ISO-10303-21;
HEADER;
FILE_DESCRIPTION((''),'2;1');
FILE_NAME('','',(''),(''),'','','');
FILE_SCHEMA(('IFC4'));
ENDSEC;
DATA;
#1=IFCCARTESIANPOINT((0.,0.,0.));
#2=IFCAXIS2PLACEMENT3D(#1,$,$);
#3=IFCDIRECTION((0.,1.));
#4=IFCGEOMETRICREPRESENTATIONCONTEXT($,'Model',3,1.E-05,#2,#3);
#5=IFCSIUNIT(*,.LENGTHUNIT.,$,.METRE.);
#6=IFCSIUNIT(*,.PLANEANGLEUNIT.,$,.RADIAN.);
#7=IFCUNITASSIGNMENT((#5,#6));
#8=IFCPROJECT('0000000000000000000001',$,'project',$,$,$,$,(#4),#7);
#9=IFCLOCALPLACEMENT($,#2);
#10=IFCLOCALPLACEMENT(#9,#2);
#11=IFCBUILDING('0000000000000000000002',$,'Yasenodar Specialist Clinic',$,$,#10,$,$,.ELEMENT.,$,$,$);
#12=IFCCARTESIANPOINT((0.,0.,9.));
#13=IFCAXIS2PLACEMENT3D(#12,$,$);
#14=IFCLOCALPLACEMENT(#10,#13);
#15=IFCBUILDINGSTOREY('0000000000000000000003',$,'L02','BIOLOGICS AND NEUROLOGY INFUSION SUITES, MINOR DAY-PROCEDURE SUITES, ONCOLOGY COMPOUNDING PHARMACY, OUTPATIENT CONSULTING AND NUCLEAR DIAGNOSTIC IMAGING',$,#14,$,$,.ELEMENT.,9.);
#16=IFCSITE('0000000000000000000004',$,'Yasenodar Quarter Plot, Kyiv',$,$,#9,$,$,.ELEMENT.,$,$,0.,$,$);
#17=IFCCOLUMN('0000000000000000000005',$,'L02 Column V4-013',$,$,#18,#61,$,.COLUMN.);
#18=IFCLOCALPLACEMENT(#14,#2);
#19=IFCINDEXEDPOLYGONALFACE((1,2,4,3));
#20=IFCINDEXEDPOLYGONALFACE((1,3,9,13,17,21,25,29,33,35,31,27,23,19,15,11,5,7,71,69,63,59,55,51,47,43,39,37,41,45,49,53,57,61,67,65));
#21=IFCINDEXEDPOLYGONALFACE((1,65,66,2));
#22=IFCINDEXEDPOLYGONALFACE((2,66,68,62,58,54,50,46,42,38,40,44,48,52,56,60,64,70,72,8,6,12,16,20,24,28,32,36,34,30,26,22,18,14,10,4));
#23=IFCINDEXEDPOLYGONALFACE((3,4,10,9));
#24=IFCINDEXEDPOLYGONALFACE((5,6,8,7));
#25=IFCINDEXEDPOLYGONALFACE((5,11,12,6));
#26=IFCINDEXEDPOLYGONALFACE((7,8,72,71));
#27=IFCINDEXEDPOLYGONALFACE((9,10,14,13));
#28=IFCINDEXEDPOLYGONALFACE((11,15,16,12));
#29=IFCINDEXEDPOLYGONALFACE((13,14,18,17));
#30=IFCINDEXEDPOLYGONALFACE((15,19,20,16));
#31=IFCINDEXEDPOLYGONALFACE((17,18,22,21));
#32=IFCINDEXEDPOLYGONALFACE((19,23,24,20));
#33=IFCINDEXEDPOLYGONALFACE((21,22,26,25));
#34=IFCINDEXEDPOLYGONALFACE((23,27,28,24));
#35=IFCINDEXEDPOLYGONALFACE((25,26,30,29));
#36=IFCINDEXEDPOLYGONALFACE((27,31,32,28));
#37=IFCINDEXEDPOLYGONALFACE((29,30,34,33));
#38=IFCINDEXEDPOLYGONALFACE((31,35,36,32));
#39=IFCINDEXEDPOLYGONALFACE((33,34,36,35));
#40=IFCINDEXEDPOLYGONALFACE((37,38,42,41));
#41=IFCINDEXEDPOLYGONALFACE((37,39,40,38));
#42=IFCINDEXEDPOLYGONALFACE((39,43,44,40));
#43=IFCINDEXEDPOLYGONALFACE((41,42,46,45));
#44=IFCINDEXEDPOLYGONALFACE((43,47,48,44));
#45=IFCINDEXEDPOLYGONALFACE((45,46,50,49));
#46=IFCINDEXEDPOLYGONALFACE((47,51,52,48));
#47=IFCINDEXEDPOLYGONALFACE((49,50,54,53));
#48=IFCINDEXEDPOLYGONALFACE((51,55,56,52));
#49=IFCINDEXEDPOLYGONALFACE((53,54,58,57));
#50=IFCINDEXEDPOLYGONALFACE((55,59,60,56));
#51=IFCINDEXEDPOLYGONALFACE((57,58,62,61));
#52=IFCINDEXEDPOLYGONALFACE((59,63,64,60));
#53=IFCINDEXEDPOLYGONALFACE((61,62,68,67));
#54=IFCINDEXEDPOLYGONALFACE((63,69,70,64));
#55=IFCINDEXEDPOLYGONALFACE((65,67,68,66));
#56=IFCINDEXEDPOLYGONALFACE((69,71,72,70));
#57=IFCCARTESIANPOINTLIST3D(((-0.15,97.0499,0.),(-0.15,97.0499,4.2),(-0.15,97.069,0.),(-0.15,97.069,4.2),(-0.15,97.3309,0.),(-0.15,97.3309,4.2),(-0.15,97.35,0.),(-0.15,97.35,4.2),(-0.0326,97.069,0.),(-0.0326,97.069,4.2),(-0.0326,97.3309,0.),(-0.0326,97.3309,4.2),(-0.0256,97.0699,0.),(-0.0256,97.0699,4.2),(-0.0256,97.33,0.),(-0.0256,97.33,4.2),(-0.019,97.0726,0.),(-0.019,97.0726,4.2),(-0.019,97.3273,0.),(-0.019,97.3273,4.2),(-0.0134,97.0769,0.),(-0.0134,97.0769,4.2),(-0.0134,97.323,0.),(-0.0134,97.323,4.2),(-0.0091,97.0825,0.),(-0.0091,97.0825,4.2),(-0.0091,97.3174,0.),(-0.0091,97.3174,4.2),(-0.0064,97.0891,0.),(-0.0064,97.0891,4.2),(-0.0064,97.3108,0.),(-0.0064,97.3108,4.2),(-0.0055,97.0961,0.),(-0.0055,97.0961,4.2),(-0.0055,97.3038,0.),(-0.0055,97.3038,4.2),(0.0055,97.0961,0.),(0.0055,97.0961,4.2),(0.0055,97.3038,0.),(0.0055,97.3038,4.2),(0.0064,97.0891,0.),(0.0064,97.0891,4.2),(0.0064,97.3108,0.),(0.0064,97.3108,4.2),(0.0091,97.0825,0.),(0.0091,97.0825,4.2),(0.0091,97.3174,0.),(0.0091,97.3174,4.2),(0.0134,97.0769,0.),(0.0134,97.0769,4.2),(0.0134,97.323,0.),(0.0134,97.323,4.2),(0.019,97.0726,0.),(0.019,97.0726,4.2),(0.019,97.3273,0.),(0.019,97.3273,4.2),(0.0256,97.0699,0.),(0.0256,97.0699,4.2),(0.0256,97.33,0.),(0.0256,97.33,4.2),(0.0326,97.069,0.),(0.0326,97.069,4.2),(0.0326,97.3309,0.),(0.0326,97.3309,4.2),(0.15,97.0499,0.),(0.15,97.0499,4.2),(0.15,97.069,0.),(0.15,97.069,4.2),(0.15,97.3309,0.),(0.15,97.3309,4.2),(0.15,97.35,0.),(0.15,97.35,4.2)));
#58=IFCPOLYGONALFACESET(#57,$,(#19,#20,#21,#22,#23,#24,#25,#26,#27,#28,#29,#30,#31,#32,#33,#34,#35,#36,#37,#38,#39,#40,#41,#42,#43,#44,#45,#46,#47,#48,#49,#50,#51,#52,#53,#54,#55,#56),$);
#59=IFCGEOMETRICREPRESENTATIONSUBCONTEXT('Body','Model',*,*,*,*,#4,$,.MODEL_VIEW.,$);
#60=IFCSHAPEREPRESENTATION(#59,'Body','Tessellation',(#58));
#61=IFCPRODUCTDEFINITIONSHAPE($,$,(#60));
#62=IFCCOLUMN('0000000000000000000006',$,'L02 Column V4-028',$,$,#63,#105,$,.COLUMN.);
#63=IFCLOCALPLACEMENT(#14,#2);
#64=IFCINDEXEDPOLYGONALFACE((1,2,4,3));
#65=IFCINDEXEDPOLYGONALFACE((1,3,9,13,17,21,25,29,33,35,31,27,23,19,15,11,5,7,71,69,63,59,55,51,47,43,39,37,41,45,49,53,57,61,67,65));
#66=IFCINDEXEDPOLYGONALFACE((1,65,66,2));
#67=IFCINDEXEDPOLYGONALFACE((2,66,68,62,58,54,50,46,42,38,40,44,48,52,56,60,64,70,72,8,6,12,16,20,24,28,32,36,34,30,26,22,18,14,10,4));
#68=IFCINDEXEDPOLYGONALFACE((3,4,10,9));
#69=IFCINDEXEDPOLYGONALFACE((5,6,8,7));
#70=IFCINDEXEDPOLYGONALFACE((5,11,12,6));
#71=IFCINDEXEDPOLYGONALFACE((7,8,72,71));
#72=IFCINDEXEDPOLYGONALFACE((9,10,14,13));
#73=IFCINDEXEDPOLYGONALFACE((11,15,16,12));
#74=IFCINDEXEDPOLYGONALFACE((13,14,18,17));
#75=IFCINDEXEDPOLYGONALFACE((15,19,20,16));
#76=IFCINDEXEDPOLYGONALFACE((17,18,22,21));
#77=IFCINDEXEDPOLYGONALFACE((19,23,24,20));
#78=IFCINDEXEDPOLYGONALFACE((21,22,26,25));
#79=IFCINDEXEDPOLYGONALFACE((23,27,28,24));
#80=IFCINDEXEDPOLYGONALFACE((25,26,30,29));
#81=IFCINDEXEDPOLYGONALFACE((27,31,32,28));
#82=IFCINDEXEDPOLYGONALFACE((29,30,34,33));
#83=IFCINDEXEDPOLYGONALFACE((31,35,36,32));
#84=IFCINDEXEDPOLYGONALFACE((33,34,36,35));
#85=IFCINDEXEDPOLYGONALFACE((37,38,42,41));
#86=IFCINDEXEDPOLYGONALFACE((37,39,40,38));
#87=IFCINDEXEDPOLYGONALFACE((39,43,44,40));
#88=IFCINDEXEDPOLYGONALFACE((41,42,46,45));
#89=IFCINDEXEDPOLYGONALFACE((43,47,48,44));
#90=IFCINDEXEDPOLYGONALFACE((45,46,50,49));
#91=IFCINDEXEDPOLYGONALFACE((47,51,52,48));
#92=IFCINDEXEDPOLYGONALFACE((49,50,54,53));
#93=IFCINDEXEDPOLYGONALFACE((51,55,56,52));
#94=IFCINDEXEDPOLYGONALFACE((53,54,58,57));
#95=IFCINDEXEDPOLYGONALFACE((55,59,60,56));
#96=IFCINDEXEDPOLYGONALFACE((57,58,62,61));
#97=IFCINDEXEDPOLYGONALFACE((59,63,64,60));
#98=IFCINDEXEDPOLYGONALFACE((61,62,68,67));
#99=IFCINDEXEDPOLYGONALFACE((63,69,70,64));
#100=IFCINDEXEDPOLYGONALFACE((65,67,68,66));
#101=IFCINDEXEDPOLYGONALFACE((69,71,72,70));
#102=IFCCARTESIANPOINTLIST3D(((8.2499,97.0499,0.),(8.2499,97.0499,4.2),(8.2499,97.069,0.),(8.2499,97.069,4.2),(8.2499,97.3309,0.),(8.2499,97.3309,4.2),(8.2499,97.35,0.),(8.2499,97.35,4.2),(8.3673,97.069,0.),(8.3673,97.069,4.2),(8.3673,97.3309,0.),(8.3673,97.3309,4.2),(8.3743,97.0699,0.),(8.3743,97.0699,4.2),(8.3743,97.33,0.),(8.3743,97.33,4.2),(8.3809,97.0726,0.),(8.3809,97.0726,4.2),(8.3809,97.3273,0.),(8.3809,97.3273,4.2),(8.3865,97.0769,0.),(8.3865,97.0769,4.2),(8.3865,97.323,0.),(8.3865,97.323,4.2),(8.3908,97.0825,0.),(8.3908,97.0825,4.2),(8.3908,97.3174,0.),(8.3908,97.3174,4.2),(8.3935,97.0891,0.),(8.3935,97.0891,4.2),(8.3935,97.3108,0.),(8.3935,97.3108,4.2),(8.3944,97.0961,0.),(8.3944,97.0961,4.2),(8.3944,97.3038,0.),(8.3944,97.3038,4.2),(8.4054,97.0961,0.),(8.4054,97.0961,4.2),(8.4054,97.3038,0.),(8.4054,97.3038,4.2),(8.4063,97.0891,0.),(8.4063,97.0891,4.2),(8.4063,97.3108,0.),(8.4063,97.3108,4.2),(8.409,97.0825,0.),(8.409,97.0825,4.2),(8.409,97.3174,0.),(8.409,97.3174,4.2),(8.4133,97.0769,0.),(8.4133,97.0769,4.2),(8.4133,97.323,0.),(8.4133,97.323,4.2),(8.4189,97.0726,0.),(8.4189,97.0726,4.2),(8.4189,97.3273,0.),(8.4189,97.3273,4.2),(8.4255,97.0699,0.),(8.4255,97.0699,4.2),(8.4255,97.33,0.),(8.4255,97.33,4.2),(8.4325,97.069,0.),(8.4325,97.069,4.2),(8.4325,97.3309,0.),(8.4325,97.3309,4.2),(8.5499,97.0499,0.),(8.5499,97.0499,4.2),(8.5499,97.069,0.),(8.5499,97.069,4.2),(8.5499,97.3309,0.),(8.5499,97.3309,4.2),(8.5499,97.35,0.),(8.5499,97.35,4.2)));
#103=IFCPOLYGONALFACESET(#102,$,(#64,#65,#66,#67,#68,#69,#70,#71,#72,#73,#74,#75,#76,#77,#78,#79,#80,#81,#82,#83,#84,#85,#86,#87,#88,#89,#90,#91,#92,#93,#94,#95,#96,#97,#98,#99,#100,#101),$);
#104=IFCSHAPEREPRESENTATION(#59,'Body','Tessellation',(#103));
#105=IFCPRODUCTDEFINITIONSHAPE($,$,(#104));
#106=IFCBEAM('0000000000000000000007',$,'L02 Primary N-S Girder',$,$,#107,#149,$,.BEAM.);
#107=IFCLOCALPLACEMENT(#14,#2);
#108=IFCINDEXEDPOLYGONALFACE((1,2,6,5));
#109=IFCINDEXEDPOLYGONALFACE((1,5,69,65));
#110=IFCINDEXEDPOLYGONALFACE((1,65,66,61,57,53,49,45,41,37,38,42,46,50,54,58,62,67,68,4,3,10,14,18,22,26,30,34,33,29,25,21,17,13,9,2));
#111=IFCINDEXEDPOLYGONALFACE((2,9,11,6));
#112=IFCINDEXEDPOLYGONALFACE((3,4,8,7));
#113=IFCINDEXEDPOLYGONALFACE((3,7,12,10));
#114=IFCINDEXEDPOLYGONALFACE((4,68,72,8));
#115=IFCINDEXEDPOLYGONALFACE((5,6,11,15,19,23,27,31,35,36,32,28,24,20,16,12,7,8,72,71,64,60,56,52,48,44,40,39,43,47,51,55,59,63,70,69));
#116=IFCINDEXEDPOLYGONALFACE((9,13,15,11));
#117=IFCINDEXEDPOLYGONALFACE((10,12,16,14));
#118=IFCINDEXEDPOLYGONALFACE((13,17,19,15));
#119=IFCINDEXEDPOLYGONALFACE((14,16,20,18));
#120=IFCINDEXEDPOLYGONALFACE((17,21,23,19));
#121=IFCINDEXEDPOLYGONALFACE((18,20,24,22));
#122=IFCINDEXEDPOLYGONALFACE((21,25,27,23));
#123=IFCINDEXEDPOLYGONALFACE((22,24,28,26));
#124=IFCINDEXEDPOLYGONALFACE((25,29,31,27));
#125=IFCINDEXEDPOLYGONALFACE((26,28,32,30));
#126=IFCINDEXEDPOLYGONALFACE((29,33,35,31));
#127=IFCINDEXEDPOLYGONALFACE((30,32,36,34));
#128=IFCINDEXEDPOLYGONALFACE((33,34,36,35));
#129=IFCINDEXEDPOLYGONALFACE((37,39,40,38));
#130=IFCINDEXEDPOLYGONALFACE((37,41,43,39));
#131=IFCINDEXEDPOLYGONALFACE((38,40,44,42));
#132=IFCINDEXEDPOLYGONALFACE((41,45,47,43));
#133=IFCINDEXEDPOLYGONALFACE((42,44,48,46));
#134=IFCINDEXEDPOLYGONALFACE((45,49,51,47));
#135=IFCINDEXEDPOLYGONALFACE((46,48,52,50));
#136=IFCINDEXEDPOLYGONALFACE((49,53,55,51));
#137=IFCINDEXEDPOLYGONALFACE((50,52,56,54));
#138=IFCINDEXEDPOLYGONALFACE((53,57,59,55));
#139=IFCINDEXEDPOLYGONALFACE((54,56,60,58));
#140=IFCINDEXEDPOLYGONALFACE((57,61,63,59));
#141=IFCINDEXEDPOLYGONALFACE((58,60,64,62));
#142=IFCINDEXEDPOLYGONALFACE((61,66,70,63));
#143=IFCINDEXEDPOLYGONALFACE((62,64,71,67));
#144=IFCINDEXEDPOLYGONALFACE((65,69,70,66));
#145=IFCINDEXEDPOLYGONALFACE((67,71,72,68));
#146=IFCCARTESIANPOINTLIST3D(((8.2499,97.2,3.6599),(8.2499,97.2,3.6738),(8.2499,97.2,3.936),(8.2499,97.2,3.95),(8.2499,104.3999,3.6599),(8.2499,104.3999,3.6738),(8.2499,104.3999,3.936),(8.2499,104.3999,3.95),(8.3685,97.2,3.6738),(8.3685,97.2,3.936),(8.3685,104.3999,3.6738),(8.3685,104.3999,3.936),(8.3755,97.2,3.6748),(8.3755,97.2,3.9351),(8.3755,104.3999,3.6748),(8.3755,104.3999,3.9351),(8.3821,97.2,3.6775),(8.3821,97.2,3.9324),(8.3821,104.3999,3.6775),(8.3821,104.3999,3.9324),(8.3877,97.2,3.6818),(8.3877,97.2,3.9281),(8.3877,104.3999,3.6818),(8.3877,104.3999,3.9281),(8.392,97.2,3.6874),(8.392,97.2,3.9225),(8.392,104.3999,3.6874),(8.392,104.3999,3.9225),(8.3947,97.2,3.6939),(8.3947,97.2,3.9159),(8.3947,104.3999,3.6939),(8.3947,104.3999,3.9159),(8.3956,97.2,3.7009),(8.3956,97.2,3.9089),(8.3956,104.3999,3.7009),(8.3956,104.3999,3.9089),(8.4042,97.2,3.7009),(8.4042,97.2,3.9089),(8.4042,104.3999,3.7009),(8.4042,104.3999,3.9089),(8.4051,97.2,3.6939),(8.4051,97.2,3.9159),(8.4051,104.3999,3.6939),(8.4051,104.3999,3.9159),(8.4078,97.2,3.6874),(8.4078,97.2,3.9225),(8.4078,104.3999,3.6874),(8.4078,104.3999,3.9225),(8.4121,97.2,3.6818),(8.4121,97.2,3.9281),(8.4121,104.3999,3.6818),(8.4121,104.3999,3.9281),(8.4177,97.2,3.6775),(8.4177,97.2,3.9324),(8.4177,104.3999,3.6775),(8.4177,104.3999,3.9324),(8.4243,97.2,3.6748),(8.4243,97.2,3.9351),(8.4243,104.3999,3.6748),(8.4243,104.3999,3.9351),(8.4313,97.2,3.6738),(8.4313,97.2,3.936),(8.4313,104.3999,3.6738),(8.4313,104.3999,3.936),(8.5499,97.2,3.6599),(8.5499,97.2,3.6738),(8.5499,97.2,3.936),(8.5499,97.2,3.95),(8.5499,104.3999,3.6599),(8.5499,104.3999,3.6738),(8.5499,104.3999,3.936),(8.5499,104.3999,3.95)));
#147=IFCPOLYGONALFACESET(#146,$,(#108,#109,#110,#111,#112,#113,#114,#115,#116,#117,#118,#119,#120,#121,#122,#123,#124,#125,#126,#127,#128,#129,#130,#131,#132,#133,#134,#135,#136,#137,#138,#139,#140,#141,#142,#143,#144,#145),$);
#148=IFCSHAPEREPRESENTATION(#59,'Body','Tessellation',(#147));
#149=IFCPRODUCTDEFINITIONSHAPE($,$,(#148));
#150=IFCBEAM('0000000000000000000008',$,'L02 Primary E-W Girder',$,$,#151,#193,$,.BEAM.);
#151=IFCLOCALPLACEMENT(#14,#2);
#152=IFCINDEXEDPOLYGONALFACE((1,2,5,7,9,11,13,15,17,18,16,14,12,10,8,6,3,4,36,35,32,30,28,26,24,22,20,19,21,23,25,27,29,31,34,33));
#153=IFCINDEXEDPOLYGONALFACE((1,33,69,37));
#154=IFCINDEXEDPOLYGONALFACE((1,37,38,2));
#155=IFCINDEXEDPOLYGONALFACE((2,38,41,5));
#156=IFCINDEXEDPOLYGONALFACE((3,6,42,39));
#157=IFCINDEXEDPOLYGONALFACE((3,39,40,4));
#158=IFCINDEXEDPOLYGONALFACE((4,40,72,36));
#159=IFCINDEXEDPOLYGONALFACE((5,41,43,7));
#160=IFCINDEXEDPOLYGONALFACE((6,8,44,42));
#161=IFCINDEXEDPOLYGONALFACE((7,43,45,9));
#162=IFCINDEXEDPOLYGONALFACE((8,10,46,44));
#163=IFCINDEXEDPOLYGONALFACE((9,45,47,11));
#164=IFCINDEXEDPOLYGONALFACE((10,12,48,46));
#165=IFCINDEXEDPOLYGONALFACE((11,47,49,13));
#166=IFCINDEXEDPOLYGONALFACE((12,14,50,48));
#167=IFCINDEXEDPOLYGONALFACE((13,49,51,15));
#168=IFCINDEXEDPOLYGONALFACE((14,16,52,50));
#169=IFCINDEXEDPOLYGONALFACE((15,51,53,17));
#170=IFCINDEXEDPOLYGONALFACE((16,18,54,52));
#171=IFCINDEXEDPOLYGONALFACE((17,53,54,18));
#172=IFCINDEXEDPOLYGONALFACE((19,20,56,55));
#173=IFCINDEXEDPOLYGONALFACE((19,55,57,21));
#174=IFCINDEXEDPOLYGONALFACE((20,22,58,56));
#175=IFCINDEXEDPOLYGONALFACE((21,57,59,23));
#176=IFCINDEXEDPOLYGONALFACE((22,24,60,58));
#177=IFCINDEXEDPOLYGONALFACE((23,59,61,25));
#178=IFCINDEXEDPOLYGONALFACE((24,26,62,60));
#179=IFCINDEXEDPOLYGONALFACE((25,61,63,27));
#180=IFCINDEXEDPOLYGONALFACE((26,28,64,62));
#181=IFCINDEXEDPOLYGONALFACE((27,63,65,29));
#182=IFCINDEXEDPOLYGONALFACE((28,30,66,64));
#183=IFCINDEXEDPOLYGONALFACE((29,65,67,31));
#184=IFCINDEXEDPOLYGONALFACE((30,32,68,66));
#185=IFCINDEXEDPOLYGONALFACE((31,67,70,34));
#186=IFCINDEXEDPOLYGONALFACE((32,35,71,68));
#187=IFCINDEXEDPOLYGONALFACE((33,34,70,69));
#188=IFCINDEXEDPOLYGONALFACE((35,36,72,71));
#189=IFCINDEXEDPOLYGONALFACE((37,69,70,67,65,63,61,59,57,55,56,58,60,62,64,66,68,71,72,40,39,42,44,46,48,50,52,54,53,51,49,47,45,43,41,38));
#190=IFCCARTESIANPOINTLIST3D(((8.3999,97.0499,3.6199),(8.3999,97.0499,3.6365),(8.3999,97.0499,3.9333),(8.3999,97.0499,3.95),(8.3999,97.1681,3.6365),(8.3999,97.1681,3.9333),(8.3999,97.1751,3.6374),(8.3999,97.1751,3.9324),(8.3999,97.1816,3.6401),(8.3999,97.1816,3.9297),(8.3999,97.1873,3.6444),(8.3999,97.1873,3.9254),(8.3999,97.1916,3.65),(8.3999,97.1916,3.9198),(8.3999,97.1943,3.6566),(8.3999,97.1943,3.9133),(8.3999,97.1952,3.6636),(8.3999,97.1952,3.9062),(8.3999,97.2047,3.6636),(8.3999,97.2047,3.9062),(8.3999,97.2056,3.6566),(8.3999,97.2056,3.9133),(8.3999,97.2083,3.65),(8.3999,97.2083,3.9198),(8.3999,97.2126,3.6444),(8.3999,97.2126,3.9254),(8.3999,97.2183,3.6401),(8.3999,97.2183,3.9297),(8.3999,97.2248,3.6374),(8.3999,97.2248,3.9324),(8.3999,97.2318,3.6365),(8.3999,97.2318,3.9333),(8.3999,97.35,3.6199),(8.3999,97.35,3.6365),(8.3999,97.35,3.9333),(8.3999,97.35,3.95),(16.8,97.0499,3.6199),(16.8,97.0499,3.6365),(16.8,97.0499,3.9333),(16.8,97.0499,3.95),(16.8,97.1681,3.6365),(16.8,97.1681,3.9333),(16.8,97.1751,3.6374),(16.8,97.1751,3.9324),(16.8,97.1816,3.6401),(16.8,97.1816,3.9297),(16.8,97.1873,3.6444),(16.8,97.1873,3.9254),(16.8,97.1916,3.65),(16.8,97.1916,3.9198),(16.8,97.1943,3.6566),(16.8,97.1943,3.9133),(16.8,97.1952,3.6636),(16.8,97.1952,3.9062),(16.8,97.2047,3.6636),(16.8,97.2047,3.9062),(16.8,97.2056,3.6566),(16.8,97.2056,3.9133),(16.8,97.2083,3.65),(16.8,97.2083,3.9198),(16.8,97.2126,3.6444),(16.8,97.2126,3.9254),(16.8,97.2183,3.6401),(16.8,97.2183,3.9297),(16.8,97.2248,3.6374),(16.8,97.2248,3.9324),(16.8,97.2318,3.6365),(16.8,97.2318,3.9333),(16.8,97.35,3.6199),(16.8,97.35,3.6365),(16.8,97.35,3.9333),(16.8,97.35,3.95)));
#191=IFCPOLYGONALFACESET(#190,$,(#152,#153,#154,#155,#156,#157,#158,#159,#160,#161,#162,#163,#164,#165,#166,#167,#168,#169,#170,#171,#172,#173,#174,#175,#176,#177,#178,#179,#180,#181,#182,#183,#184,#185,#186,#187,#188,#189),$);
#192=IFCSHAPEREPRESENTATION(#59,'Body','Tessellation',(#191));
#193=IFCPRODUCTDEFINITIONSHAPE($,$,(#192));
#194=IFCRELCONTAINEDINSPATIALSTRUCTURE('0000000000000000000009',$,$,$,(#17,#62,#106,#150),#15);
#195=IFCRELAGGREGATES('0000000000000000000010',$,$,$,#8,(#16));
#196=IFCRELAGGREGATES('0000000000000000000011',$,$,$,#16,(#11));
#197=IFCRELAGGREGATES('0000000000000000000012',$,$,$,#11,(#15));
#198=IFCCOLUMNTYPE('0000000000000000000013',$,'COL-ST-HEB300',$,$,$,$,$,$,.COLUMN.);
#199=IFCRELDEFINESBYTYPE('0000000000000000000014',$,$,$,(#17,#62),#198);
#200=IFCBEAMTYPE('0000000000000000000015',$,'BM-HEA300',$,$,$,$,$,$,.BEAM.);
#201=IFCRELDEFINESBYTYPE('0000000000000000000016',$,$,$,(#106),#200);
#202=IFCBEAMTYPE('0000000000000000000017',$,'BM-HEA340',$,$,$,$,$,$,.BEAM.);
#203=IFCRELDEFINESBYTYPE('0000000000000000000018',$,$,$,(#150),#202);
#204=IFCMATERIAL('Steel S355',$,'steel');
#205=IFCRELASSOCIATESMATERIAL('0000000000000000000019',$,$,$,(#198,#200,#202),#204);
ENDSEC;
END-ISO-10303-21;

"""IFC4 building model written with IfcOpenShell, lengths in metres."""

from ifc_helpers import new_model, si_unit, direction, frame, origin, origin_2d, place, context, subcontext, project, spatial, i_section, extrude, material, material_profile, profile_set, type_object, element, save


model = new_model("IFC4")

# Units and contexts
model_context = context("Model", 3, precision=1e-05, world=origin(), true_north=direction((0.0, 1.0)))
body_context = subcontext(model_context, "Body", "Model", "MODEL_VIEW")
ifc_project = project(units=[si_unit("LENGTHUNIT", "METRE"), si_unit("PLANEANGLEUNIT", "RADIAN")], contexts=[model_context])

# Site, building, storey
site_placement = place(None, origin())
site = spatial("IfcSite", under=ifc_project, at=site_placement, Name="Yasenodar Quarter Plot, Kyiv", CompositionType="ELEMENT", RefElevation=0.0)
building_placement = place(site_placement, origin())
building = spatial("IfcBuilding", under=site, at=building_placement, Name="Yasenodar Specialist Clinic", CompositionType="ELEMENT")
storey_placement = place(building_placement, frame((0.0, 0.0, 9.0)))
storey = spatial("IfcBuildingStorey", under=building, at=storey_placement, Name="L02", Description="BIOLOGICS AND NEUROLOGY INFUSION SUITES, MINOR DAY-PROCEDURE SUITES, ONCOLOGY COMPOUNDING PHARMACY, OUTPATIENT CONSULTING AND NUCLEAR DIAGNOSTIC IMAGING", CompositionType="ELEMENT", Elevation=9.0)

# Columns
ifc_material_1 = material(Name="Steel S355", Category="steel")
ifc_material_profile_1 = material_profile(ifc_material_1, i_section(OverallWidth=0.3, OverallDepth=0.3, WebThickness=0.011, FlangeThickness=0.019, FilletRadius=0.0271, at=origin_2d()), Name="HEB 300")
ifc_profile_set_1 = profile_set([ifc_material_profile_1], Name="Steel S355")
column_type = type_object("IfcColumnType", Name="COL-ST-HEB300", PredefinedType="COLUMN", material=ifc_profile_set_1)
for number, where, z_axis, x_axis, name in (
    (1, (0.0, 97.2, 0.0), (0.0, 0.0, 1.0), (1.0, 0.0, 0.0), "L02 Column V4-013"),
    (2, (8.3999, 97.2, 0.0), (0.0, 0.0, 1.0), (1.0, 0.0, 0.0), "L02 Column V4-028"),
):
    element("IfcColumn", number, at=place(storey_placement, frame(where, z_axis=z_axis, x_axis=x_axis)), inside=storey, type_object=column_type, Name=name, PredefinedType="COLUMN", context=body_context, shape_type="SweptSolid", body=[
        extrude(i_section(OverallWidth=0.3, OverallDepth=0.3, WebThickness=0.011, FlangeThickness=0.019, FilletRadius=0.0271, at=origin_2d()), origin(), (0.0, 0.0, 1.0), 4.2),
    ])

# Beams
ifc_material_profile_2 = material_profile(ifc_material_1, i_section(OverallWidth=0.3, OverallDepth=0.29, WebThickness=0.0085, FlangeThickness=0.0139, FilletRadius=0.0271, at=origin_2d()), Name="HEA 300")
ifc_profile_set_2 = profile_set([ifc_material_profile_2], Name="Steel S355")
beam_type_1 = type_object("IfcBeamType", Name="BM-HEA300", PredefinedType="BEAM", material=ifc_profile_set_2)
beam_1_placement = place(storey_placement, frame((8.3999, 97.2, 3.8049), z_axis=(0.0, 1.0, 0.0), x_axis=(-1.0, 0.0, 0.0)))
element("IfcBeam", 3, at=beam_1_placement, inside=storey, type_object=beam_type_1, Name="L02 Primary N-S Girder", PredefinedType="BEAM", context=body_context, shape_type="SweptSolid", body=[
    extrude(i_section(OverallWidth=0.3, OverallDepth=0.29, WebThickness=0.0085, FlangeThickness=0.0139, FilletRadius=0.0271, at=origin_2d()), origin(), (0.0, 0.0, 1.0), 7.2),
])
ifc_material_profile_3 = material_profile(ifc_material_1, i_section(OverallWidth=0.3, OverallDepth=0.3301, WebThickness=0.0095, FlangeThickness=0.0166, FilletRadius=0.0271, at=origin_2d()), Name="HEA 340")
ifc_profile_set_3 = profile_set([ifc_material_profile_3], Name="Steel S355")
beam_type_2 = type_object("IfcBeamType", Name="BM-HEA340", PredefinedType="BEAM", material=ifc_profile_set_3)
beam_2_placement = place(storey_placement, frame((8.3999, 97.2, 3.7849), z_axis=(1.0, 0.0, 0.0), x_axis=(0.0, 1.0, 0.0)))
element("IfcBeam", 4, at=beam_2_placement, inside=storey, type_object=beam_type_2, Name="L02 Primary E-W Girder", PredefinedType="BEAM", context=body_context, shape_type="SweptSolid", body=[
    extrude(i_section(OverallWidth=0.3, OverallDepth=0.3301, WebThickness=0.0095, FlangeThickness=0.0166, FilletRadius=0.0271, at=origin_2d()), origin(), (0.0, 0.0, 1.0), 8.4001),
])

save(model, "model.ifc")
